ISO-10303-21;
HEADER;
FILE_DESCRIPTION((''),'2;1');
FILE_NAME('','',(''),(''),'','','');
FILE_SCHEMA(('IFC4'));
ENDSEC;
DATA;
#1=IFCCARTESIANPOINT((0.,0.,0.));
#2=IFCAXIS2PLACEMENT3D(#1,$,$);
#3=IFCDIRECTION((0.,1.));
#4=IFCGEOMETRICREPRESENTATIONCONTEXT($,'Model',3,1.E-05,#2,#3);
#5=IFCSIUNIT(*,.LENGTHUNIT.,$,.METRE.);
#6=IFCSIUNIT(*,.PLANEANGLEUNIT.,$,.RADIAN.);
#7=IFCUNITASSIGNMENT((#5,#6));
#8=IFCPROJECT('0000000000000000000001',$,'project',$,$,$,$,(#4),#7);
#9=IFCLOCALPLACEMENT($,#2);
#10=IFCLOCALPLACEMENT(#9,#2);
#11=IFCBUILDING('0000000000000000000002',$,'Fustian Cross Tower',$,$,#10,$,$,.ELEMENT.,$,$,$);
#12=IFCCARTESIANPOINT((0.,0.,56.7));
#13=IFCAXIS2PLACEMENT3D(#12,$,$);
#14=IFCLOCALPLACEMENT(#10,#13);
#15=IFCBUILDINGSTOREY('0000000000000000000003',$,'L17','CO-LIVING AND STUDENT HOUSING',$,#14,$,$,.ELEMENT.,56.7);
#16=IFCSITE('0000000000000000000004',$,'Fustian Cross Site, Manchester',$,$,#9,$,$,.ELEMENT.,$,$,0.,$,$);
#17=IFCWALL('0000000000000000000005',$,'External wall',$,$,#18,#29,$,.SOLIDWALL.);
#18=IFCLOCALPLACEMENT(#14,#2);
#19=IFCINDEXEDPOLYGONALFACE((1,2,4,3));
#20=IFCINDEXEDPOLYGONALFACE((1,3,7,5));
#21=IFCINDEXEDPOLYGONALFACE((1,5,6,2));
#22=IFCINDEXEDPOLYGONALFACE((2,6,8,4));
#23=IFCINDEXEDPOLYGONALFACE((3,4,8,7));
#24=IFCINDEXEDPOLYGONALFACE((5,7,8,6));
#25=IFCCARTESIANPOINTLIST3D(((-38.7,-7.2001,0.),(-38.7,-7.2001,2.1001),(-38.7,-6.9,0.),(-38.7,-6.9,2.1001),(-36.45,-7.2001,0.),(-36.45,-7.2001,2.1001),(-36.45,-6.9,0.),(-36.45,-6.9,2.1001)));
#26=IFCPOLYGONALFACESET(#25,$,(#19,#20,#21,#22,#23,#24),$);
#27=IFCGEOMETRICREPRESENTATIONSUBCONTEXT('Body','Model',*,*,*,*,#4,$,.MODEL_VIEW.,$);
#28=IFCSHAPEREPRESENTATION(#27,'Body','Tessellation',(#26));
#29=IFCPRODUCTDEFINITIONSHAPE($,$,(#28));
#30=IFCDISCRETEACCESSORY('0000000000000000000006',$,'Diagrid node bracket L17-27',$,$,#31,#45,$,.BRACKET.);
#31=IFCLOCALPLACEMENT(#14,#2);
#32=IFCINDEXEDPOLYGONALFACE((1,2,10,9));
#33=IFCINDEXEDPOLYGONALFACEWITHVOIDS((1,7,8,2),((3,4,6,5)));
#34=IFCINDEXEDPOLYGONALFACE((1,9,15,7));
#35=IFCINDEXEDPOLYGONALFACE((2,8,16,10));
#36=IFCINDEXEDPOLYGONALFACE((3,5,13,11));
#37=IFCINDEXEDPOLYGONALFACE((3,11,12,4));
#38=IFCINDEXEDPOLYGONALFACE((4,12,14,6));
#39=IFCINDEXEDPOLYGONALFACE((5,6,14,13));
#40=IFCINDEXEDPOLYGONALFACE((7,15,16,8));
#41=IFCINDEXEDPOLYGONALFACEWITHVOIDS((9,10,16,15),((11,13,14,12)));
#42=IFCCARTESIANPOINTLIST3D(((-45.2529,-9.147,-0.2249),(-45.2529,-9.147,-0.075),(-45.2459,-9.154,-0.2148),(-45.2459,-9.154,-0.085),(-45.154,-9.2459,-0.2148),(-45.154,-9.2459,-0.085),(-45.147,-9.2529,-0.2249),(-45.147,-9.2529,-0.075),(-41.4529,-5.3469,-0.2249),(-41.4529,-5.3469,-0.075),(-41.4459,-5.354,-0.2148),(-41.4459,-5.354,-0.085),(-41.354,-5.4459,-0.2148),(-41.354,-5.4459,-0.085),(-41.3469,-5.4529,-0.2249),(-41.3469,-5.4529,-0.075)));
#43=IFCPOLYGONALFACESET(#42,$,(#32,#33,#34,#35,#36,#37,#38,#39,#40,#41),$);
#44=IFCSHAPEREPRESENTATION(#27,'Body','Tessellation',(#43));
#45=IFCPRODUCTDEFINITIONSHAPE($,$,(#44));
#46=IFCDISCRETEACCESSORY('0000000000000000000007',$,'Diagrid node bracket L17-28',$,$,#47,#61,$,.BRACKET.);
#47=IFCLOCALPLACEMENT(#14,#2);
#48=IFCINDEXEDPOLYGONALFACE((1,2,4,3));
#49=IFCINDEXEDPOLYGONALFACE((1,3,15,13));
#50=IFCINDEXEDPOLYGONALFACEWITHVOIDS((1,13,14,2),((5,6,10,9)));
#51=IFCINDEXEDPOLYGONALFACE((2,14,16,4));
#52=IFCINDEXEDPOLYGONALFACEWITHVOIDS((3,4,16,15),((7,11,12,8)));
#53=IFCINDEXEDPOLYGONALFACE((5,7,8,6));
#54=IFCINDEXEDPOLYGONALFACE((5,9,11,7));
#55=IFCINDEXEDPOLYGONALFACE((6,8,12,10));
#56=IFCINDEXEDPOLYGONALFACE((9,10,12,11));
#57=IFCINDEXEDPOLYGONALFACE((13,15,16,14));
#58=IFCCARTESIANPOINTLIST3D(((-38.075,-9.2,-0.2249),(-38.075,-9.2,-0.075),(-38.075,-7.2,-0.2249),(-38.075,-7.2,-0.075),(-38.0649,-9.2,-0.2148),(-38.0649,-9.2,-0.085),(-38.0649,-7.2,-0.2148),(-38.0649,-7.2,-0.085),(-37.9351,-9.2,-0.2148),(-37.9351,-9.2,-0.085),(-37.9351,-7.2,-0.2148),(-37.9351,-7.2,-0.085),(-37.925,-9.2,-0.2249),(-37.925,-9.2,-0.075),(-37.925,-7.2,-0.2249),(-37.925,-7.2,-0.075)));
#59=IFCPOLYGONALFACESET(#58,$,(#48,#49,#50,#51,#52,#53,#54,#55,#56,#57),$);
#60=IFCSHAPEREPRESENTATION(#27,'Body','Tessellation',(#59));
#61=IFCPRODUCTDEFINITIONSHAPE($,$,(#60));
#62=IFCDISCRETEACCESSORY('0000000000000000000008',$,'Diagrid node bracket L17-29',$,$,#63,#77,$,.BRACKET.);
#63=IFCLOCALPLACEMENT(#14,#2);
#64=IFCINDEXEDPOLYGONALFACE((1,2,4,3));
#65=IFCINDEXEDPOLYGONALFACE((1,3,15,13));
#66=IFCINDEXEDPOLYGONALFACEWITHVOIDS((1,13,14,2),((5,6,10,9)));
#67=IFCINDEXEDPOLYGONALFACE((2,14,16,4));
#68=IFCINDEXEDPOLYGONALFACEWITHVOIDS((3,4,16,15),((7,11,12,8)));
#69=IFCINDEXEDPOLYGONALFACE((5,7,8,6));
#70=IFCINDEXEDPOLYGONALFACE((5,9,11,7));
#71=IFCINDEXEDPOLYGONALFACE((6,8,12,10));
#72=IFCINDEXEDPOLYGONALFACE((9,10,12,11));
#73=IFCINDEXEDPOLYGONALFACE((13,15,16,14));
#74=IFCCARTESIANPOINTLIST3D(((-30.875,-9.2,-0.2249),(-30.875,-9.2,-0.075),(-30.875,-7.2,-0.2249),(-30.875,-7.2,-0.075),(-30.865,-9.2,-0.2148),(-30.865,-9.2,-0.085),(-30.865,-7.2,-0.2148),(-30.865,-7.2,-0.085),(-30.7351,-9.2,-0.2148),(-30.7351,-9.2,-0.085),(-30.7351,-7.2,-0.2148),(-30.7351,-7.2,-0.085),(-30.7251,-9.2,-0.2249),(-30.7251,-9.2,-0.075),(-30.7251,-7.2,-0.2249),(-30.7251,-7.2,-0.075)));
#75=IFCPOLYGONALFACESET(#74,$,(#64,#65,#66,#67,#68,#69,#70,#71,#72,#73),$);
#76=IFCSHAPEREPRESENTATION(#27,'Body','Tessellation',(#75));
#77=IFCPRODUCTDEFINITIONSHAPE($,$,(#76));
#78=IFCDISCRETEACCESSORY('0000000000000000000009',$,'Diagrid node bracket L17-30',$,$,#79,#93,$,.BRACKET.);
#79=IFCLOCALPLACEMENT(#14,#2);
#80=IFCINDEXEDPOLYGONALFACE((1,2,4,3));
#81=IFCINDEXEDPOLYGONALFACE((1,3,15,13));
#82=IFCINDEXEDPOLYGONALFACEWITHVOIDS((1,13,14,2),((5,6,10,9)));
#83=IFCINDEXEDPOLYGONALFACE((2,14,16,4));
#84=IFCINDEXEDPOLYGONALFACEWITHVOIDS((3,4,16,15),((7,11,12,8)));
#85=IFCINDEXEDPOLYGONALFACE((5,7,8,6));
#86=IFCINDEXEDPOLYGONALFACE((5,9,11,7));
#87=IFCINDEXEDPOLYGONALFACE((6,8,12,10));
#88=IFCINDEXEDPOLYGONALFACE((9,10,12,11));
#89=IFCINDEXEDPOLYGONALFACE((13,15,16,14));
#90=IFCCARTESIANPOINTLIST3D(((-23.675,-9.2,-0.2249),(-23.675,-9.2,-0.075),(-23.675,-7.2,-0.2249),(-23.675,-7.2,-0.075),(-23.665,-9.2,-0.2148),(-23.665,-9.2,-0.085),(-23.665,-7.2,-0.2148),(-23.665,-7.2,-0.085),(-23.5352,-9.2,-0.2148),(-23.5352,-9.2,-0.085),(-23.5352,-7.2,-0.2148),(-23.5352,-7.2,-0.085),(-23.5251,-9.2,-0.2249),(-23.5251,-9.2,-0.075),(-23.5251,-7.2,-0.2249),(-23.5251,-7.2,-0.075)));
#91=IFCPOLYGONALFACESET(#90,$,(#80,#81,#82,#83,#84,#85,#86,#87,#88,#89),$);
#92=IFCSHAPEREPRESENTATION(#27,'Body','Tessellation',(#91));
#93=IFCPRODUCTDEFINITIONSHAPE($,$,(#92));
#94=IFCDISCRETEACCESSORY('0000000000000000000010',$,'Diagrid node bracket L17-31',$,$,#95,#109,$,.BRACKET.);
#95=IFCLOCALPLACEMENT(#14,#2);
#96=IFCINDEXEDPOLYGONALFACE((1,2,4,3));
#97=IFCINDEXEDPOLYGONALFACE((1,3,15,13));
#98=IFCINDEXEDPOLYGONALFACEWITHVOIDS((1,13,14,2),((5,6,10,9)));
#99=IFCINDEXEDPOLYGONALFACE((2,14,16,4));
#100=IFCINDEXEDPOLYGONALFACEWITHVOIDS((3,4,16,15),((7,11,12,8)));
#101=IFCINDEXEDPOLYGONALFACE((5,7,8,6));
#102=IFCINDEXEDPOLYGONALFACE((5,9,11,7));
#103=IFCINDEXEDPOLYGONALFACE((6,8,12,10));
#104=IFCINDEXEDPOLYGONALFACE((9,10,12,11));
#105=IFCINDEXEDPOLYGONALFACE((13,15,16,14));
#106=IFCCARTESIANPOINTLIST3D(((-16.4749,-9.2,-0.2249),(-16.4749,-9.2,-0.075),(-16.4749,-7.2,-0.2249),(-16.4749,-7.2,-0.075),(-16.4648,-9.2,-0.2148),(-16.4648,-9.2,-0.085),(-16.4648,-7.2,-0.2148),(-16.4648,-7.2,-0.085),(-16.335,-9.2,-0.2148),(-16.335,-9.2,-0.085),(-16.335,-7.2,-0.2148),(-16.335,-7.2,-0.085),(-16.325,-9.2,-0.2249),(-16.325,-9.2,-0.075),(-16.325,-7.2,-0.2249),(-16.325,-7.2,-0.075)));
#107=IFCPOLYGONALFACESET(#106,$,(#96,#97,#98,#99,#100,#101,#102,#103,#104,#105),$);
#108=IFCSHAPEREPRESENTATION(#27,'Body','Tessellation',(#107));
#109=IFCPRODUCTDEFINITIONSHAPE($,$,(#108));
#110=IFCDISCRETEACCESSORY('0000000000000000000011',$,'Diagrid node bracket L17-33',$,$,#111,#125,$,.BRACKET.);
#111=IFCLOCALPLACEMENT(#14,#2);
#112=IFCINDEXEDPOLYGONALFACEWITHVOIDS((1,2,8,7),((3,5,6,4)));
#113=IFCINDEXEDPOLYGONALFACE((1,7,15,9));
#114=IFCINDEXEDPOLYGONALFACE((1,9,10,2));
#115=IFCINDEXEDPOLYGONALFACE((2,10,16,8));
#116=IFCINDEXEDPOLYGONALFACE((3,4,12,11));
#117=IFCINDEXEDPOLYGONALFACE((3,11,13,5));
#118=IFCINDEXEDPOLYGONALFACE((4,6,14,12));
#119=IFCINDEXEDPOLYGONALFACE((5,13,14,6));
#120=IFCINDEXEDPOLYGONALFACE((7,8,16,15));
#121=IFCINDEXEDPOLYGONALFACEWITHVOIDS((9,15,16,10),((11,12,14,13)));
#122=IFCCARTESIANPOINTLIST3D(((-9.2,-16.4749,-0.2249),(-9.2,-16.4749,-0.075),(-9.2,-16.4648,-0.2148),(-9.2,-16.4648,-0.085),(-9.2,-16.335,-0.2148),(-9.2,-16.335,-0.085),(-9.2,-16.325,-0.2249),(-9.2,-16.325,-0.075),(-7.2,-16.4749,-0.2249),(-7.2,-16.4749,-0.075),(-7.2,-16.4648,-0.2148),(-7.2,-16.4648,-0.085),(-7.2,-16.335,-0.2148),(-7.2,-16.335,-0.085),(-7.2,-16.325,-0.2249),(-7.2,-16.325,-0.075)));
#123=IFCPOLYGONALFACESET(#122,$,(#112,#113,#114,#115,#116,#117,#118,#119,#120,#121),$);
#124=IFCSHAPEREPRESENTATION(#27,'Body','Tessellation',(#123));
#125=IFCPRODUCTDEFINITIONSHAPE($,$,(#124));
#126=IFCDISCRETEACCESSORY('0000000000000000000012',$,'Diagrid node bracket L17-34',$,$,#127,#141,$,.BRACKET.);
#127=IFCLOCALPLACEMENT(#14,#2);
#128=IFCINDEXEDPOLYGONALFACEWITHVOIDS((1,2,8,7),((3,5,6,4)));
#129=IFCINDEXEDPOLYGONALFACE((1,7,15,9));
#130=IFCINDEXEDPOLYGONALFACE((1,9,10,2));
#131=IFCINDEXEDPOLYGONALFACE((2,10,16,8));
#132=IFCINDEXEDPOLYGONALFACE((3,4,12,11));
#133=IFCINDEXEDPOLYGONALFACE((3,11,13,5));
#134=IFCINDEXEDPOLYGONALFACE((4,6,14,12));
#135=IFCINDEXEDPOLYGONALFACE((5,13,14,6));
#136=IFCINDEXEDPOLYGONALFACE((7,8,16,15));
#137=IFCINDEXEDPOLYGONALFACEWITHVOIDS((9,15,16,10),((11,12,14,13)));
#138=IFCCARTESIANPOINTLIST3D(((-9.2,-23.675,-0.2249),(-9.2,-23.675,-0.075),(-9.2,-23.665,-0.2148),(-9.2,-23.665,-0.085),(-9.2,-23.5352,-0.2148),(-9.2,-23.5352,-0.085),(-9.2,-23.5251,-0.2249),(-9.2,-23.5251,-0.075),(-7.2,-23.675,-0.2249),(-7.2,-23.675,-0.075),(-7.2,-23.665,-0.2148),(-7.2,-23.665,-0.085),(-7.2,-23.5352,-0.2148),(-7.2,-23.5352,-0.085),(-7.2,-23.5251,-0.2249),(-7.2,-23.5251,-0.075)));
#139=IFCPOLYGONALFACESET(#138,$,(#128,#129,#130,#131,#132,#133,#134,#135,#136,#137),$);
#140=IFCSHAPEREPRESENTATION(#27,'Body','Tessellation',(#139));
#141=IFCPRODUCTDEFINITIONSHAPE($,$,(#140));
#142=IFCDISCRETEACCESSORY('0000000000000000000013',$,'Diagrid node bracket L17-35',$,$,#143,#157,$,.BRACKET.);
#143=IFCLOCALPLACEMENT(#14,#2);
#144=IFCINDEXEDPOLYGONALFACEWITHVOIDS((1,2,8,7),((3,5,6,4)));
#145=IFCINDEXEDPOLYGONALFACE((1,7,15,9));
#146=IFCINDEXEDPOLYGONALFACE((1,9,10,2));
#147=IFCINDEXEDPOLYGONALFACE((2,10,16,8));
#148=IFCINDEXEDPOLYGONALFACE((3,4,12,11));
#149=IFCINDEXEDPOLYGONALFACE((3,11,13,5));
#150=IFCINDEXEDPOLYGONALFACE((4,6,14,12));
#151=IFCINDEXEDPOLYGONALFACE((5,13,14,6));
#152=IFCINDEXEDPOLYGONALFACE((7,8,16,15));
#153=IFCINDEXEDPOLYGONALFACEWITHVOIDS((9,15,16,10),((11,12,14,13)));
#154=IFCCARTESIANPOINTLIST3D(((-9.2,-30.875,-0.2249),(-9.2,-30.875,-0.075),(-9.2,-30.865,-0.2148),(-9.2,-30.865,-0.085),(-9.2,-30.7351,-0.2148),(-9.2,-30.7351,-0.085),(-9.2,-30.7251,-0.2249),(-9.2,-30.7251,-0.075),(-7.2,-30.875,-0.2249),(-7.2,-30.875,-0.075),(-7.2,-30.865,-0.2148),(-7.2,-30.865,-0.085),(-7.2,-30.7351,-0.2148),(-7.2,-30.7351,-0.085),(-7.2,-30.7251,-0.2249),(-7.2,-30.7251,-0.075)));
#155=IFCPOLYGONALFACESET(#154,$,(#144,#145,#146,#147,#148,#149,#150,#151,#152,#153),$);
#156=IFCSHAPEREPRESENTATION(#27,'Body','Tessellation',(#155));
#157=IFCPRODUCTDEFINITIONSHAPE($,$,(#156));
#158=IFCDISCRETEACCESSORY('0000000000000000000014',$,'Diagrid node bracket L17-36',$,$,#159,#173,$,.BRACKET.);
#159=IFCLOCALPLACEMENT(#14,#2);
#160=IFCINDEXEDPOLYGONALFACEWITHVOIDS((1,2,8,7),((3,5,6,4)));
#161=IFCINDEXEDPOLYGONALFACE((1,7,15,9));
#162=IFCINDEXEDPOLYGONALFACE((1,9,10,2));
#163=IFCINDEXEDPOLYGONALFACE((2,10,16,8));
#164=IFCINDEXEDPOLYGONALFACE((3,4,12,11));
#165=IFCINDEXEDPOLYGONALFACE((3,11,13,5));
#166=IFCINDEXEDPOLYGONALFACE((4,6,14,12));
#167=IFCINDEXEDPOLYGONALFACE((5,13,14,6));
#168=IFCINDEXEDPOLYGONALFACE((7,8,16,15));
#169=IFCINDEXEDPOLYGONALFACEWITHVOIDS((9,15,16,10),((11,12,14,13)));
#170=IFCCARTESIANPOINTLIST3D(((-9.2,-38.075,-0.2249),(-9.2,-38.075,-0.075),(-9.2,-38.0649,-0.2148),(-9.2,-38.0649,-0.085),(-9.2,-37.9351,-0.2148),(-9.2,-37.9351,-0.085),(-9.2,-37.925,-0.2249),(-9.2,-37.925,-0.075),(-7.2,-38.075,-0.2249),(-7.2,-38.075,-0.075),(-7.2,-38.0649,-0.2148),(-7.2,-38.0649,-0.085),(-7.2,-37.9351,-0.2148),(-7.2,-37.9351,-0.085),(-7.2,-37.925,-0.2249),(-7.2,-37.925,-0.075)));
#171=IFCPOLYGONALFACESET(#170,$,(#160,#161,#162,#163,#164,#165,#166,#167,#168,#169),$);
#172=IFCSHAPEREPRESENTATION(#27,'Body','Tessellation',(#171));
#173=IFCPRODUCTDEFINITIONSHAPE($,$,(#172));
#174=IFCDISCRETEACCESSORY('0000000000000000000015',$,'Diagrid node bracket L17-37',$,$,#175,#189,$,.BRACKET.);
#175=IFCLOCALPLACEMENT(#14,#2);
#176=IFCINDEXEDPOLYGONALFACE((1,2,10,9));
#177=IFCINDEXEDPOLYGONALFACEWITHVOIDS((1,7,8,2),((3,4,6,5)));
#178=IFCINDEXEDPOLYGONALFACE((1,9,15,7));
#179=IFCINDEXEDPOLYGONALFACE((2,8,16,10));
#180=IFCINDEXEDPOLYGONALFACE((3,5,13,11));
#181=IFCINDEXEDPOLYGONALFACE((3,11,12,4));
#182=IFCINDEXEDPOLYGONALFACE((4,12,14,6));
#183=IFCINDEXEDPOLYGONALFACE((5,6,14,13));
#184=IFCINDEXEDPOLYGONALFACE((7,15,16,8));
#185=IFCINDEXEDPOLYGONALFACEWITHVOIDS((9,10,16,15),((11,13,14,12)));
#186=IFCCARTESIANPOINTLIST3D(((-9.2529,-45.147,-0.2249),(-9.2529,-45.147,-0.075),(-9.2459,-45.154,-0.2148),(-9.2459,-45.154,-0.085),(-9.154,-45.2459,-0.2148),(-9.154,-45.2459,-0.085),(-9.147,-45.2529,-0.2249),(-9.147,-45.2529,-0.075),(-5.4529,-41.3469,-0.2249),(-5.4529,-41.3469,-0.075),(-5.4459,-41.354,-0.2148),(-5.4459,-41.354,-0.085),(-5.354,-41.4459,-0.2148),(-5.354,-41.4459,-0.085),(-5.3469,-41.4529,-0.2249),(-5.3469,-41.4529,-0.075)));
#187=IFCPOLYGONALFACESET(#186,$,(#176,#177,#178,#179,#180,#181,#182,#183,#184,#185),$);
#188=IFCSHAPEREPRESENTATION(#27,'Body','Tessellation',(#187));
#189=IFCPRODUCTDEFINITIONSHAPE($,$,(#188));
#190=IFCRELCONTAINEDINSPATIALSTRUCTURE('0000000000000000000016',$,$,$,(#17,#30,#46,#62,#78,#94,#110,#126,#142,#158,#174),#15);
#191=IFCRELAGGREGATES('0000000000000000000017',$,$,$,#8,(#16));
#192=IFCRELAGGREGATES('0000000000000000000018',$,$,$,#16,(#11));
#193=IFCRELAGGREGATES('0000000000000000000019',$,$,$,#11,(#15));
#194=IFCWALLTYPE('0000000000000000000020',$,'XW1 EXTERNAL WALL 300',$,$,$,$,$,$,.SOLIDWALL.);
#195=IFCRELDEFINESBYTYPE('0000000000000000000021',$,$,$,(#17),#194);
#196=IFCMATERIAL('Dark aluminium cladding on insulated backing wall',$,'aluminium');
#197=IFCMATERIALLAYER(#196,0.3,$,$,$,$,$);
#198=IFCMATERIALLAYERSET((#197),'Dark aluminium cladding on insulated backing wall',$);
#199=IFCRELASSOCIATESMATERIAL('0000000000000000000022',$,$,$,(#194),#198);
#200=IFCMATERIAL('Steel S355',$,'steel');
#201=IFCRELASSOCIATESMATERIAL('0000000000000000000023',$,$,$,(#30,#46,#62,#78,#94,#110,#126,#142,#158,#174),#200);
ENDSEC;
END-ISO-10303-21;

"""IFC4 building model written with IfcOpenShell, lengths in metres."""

from ifc_helpers import new_model, si_unit, direction, frame, frame_2d, origin, origin_2d, place, context, subcontext, project, spatial, rectangle, hollow_rectangle, extrude, material, layer, layer_set, type_object, element, save


model = new_model("IFC4")

# Units and contexts
model_context = context("Model", 3, precision=1e-05, world=origin(), true_north=direction((0.0, 1.0)))
body_context = subcontext(model_context, "Body", "Model", "MODEL_VIEW")
ifc_project = project(units=[si_unit("LENGTHUNIT", "METRE"), si_unit("PLANEANGLEUNIT", "RADIAN")], contexts=[model_context])

# Site, building, storey
site_placement = place(None, origin())
site = spatial("IfcSite", under=ifc_project, at=site_placement, Name="Fustian Cross Site, Manchester", CompositionType="ELEMENT", RefElevation=0.0)
building_placement = place(site_placement, origin())
building = spatial("IfcBuilding", under=site, at=building_placement, Name="Fustian Cross Tower", CompositionType="ELEMENT")
storey_placement = place(building_placement, frame((0.0, 0.0, 56.7)))
storey = spatial("IfcBuildingStorey", under=building, at=storey_placement, Name="L17", Description="CO-LIVING AND STUDENT HOUSING", CompositionType="ELEMENT", Elevation=56.7)

# Wall
ifc_material_1 = material(Name="Dark aluminium cladding on insulated backing wall", Category="aluminium")
ifc_layer_1 = layer(ifc_material_1, 0.3)
ifc_layer_set_1 = layer_set([ifc_layer_1], Name="Dark aluminium cladding on insulated backing wall")
wall_type_1 = type_object("IfcWallType", Name="XW1 EXTERNAL WALL 300", PredefinedType="SOLIDWALL", material=ifc_layer_set_1)
wall_1_placement = place(storey_placement, frame((-38.7, -7.05, 0.0), z_axis=(0.0, 0.0, 1.0), x_axis=(1.0, 0.0, 0.0)))
element("IfcWall", 1, at=wall_1_placement, inside=storey, type_object=wall_type_1, Name="External wall", PredefinedType="SOLIDWALL", context=body_context, shape_type="SweptSolid", body=[
    extrude(rectangle(XDim=2.25, YDim=0.3, at=frame_2d((1.125, 0.0))), origin(), (0.0, 0.0, 1.0), 2.1001),
])

# Discrete accessories
ifc_material_2 = material(Name="Steel S355", Category="steel")
discrete_accessory_1_placement = place(storey_placement, frame((-45.2, -9.2, -0.1499), z_axis=(0.707107, 0.707107, 0.0), x_axis=(-0.707107, 0.707107, 0.0)))
element("IfcDiscreteAccessory", 2, at=discrete_accessory_1_placement, inside=storey, material=ifc_material_2, Name="Diagrid node bracket L17-27", PredefinedType="BRACKET", context=body_context, shape_type="SweptSolid", body=[
    extrude(hollow_rectangle(XDim=0.1499, YDim=0.1499, WallThickness=0.01, at=origin_2d()), origin(), (0.0, 0.0, 1.0), 5.374),
])
for number, where, z_axis, x_axis, name in (
    (3, (-38.0, -9.2, -0.1499), (0.0, 1.0, 0.0), (-1.0, 0.0, 0.0), "Diagrid node bracket L17-28"),
    (4, (-30.8, -9.2, -0.1499), (0.0, 1.0, 0.0), (-1.0, 0.0, 0.0), "Diagrid node bracket L17-29"),
    (5, (-23.6001, -9.2, -0.1499), (0.0, 1.0, 0.0), (-1.0, 0.0, 0.0), "Diagrid node bracket L17-30"),
    (6, (-16.3999, -9.2, -0.1499), (0.0, 1.0, 0.0), (-1.0, 0.0, 0.0), "Diagrid node bracket L17-31"),
    (7, (-9.2, -16.3999, -0.1499), (1.0, 0.0, 0.0), (0.0, 1.0, 0.0), "Diagrid node bracket L17-33"),
    (8, (-9.2, -23.6001, -0.1499), (1.0, 0.0, 0.0), (0.0, 1.0, 0.0), "Diagrid node bracket L17-34"),
    (9, (-9.2, -30.8, -0.1499), (1.0, 0.0, 0.0), (0.0, 1.0, 0.0), "Diagrid node bracket L17-35"),
    (10, (-9.2, -38.0, -0.1499), (1.0, 0.0, 0.0), (0.0, 1.0, 0.0), "Diagrid node bracket L17-36"),
):
    element("IfcDiscreteAccessory", number, at=place(storey_placement, frame(where, z_axis=z_axis, x_axis=x_axis)), inside=storey, material=ifc_material_2, Name=name, PredefinedType="BRACKET", context=body_context, shape_type="SweptSolid", body=[
        extrude(hollow_rectangle(XDim=0.1499, YDim=0.1499, WallThickness=0.01, at=origin_2d()), origin(), (0.0, 0.0, 1.0), 2.0),
    ])
discrete_accessory_2_placement = place(storey_placement, frame((-9.2, -45.2, -0.1499), z_axis=(0.707107, 0.707107, 0.0), x_axis=(-0.707107, 0.707107, 0.0)))
element("IfcDiscreteAccessory", 11, at=discrete_accessory_2_placement, inside=storey, material=ifc_material_2, Name="Diagrid node bracket L17-37", PredefinedType="BRACKET", context=body_context, shape_type="SweptSolid", body=[
    extrude(hollow_rectangle(XDim=0.1499, YDim=0.1499, WallThickness=0.01, at=origin_2d()), origin(), (0.0, 0.0, 1.0), 5.374),
])

save(model, "model.ifc")
